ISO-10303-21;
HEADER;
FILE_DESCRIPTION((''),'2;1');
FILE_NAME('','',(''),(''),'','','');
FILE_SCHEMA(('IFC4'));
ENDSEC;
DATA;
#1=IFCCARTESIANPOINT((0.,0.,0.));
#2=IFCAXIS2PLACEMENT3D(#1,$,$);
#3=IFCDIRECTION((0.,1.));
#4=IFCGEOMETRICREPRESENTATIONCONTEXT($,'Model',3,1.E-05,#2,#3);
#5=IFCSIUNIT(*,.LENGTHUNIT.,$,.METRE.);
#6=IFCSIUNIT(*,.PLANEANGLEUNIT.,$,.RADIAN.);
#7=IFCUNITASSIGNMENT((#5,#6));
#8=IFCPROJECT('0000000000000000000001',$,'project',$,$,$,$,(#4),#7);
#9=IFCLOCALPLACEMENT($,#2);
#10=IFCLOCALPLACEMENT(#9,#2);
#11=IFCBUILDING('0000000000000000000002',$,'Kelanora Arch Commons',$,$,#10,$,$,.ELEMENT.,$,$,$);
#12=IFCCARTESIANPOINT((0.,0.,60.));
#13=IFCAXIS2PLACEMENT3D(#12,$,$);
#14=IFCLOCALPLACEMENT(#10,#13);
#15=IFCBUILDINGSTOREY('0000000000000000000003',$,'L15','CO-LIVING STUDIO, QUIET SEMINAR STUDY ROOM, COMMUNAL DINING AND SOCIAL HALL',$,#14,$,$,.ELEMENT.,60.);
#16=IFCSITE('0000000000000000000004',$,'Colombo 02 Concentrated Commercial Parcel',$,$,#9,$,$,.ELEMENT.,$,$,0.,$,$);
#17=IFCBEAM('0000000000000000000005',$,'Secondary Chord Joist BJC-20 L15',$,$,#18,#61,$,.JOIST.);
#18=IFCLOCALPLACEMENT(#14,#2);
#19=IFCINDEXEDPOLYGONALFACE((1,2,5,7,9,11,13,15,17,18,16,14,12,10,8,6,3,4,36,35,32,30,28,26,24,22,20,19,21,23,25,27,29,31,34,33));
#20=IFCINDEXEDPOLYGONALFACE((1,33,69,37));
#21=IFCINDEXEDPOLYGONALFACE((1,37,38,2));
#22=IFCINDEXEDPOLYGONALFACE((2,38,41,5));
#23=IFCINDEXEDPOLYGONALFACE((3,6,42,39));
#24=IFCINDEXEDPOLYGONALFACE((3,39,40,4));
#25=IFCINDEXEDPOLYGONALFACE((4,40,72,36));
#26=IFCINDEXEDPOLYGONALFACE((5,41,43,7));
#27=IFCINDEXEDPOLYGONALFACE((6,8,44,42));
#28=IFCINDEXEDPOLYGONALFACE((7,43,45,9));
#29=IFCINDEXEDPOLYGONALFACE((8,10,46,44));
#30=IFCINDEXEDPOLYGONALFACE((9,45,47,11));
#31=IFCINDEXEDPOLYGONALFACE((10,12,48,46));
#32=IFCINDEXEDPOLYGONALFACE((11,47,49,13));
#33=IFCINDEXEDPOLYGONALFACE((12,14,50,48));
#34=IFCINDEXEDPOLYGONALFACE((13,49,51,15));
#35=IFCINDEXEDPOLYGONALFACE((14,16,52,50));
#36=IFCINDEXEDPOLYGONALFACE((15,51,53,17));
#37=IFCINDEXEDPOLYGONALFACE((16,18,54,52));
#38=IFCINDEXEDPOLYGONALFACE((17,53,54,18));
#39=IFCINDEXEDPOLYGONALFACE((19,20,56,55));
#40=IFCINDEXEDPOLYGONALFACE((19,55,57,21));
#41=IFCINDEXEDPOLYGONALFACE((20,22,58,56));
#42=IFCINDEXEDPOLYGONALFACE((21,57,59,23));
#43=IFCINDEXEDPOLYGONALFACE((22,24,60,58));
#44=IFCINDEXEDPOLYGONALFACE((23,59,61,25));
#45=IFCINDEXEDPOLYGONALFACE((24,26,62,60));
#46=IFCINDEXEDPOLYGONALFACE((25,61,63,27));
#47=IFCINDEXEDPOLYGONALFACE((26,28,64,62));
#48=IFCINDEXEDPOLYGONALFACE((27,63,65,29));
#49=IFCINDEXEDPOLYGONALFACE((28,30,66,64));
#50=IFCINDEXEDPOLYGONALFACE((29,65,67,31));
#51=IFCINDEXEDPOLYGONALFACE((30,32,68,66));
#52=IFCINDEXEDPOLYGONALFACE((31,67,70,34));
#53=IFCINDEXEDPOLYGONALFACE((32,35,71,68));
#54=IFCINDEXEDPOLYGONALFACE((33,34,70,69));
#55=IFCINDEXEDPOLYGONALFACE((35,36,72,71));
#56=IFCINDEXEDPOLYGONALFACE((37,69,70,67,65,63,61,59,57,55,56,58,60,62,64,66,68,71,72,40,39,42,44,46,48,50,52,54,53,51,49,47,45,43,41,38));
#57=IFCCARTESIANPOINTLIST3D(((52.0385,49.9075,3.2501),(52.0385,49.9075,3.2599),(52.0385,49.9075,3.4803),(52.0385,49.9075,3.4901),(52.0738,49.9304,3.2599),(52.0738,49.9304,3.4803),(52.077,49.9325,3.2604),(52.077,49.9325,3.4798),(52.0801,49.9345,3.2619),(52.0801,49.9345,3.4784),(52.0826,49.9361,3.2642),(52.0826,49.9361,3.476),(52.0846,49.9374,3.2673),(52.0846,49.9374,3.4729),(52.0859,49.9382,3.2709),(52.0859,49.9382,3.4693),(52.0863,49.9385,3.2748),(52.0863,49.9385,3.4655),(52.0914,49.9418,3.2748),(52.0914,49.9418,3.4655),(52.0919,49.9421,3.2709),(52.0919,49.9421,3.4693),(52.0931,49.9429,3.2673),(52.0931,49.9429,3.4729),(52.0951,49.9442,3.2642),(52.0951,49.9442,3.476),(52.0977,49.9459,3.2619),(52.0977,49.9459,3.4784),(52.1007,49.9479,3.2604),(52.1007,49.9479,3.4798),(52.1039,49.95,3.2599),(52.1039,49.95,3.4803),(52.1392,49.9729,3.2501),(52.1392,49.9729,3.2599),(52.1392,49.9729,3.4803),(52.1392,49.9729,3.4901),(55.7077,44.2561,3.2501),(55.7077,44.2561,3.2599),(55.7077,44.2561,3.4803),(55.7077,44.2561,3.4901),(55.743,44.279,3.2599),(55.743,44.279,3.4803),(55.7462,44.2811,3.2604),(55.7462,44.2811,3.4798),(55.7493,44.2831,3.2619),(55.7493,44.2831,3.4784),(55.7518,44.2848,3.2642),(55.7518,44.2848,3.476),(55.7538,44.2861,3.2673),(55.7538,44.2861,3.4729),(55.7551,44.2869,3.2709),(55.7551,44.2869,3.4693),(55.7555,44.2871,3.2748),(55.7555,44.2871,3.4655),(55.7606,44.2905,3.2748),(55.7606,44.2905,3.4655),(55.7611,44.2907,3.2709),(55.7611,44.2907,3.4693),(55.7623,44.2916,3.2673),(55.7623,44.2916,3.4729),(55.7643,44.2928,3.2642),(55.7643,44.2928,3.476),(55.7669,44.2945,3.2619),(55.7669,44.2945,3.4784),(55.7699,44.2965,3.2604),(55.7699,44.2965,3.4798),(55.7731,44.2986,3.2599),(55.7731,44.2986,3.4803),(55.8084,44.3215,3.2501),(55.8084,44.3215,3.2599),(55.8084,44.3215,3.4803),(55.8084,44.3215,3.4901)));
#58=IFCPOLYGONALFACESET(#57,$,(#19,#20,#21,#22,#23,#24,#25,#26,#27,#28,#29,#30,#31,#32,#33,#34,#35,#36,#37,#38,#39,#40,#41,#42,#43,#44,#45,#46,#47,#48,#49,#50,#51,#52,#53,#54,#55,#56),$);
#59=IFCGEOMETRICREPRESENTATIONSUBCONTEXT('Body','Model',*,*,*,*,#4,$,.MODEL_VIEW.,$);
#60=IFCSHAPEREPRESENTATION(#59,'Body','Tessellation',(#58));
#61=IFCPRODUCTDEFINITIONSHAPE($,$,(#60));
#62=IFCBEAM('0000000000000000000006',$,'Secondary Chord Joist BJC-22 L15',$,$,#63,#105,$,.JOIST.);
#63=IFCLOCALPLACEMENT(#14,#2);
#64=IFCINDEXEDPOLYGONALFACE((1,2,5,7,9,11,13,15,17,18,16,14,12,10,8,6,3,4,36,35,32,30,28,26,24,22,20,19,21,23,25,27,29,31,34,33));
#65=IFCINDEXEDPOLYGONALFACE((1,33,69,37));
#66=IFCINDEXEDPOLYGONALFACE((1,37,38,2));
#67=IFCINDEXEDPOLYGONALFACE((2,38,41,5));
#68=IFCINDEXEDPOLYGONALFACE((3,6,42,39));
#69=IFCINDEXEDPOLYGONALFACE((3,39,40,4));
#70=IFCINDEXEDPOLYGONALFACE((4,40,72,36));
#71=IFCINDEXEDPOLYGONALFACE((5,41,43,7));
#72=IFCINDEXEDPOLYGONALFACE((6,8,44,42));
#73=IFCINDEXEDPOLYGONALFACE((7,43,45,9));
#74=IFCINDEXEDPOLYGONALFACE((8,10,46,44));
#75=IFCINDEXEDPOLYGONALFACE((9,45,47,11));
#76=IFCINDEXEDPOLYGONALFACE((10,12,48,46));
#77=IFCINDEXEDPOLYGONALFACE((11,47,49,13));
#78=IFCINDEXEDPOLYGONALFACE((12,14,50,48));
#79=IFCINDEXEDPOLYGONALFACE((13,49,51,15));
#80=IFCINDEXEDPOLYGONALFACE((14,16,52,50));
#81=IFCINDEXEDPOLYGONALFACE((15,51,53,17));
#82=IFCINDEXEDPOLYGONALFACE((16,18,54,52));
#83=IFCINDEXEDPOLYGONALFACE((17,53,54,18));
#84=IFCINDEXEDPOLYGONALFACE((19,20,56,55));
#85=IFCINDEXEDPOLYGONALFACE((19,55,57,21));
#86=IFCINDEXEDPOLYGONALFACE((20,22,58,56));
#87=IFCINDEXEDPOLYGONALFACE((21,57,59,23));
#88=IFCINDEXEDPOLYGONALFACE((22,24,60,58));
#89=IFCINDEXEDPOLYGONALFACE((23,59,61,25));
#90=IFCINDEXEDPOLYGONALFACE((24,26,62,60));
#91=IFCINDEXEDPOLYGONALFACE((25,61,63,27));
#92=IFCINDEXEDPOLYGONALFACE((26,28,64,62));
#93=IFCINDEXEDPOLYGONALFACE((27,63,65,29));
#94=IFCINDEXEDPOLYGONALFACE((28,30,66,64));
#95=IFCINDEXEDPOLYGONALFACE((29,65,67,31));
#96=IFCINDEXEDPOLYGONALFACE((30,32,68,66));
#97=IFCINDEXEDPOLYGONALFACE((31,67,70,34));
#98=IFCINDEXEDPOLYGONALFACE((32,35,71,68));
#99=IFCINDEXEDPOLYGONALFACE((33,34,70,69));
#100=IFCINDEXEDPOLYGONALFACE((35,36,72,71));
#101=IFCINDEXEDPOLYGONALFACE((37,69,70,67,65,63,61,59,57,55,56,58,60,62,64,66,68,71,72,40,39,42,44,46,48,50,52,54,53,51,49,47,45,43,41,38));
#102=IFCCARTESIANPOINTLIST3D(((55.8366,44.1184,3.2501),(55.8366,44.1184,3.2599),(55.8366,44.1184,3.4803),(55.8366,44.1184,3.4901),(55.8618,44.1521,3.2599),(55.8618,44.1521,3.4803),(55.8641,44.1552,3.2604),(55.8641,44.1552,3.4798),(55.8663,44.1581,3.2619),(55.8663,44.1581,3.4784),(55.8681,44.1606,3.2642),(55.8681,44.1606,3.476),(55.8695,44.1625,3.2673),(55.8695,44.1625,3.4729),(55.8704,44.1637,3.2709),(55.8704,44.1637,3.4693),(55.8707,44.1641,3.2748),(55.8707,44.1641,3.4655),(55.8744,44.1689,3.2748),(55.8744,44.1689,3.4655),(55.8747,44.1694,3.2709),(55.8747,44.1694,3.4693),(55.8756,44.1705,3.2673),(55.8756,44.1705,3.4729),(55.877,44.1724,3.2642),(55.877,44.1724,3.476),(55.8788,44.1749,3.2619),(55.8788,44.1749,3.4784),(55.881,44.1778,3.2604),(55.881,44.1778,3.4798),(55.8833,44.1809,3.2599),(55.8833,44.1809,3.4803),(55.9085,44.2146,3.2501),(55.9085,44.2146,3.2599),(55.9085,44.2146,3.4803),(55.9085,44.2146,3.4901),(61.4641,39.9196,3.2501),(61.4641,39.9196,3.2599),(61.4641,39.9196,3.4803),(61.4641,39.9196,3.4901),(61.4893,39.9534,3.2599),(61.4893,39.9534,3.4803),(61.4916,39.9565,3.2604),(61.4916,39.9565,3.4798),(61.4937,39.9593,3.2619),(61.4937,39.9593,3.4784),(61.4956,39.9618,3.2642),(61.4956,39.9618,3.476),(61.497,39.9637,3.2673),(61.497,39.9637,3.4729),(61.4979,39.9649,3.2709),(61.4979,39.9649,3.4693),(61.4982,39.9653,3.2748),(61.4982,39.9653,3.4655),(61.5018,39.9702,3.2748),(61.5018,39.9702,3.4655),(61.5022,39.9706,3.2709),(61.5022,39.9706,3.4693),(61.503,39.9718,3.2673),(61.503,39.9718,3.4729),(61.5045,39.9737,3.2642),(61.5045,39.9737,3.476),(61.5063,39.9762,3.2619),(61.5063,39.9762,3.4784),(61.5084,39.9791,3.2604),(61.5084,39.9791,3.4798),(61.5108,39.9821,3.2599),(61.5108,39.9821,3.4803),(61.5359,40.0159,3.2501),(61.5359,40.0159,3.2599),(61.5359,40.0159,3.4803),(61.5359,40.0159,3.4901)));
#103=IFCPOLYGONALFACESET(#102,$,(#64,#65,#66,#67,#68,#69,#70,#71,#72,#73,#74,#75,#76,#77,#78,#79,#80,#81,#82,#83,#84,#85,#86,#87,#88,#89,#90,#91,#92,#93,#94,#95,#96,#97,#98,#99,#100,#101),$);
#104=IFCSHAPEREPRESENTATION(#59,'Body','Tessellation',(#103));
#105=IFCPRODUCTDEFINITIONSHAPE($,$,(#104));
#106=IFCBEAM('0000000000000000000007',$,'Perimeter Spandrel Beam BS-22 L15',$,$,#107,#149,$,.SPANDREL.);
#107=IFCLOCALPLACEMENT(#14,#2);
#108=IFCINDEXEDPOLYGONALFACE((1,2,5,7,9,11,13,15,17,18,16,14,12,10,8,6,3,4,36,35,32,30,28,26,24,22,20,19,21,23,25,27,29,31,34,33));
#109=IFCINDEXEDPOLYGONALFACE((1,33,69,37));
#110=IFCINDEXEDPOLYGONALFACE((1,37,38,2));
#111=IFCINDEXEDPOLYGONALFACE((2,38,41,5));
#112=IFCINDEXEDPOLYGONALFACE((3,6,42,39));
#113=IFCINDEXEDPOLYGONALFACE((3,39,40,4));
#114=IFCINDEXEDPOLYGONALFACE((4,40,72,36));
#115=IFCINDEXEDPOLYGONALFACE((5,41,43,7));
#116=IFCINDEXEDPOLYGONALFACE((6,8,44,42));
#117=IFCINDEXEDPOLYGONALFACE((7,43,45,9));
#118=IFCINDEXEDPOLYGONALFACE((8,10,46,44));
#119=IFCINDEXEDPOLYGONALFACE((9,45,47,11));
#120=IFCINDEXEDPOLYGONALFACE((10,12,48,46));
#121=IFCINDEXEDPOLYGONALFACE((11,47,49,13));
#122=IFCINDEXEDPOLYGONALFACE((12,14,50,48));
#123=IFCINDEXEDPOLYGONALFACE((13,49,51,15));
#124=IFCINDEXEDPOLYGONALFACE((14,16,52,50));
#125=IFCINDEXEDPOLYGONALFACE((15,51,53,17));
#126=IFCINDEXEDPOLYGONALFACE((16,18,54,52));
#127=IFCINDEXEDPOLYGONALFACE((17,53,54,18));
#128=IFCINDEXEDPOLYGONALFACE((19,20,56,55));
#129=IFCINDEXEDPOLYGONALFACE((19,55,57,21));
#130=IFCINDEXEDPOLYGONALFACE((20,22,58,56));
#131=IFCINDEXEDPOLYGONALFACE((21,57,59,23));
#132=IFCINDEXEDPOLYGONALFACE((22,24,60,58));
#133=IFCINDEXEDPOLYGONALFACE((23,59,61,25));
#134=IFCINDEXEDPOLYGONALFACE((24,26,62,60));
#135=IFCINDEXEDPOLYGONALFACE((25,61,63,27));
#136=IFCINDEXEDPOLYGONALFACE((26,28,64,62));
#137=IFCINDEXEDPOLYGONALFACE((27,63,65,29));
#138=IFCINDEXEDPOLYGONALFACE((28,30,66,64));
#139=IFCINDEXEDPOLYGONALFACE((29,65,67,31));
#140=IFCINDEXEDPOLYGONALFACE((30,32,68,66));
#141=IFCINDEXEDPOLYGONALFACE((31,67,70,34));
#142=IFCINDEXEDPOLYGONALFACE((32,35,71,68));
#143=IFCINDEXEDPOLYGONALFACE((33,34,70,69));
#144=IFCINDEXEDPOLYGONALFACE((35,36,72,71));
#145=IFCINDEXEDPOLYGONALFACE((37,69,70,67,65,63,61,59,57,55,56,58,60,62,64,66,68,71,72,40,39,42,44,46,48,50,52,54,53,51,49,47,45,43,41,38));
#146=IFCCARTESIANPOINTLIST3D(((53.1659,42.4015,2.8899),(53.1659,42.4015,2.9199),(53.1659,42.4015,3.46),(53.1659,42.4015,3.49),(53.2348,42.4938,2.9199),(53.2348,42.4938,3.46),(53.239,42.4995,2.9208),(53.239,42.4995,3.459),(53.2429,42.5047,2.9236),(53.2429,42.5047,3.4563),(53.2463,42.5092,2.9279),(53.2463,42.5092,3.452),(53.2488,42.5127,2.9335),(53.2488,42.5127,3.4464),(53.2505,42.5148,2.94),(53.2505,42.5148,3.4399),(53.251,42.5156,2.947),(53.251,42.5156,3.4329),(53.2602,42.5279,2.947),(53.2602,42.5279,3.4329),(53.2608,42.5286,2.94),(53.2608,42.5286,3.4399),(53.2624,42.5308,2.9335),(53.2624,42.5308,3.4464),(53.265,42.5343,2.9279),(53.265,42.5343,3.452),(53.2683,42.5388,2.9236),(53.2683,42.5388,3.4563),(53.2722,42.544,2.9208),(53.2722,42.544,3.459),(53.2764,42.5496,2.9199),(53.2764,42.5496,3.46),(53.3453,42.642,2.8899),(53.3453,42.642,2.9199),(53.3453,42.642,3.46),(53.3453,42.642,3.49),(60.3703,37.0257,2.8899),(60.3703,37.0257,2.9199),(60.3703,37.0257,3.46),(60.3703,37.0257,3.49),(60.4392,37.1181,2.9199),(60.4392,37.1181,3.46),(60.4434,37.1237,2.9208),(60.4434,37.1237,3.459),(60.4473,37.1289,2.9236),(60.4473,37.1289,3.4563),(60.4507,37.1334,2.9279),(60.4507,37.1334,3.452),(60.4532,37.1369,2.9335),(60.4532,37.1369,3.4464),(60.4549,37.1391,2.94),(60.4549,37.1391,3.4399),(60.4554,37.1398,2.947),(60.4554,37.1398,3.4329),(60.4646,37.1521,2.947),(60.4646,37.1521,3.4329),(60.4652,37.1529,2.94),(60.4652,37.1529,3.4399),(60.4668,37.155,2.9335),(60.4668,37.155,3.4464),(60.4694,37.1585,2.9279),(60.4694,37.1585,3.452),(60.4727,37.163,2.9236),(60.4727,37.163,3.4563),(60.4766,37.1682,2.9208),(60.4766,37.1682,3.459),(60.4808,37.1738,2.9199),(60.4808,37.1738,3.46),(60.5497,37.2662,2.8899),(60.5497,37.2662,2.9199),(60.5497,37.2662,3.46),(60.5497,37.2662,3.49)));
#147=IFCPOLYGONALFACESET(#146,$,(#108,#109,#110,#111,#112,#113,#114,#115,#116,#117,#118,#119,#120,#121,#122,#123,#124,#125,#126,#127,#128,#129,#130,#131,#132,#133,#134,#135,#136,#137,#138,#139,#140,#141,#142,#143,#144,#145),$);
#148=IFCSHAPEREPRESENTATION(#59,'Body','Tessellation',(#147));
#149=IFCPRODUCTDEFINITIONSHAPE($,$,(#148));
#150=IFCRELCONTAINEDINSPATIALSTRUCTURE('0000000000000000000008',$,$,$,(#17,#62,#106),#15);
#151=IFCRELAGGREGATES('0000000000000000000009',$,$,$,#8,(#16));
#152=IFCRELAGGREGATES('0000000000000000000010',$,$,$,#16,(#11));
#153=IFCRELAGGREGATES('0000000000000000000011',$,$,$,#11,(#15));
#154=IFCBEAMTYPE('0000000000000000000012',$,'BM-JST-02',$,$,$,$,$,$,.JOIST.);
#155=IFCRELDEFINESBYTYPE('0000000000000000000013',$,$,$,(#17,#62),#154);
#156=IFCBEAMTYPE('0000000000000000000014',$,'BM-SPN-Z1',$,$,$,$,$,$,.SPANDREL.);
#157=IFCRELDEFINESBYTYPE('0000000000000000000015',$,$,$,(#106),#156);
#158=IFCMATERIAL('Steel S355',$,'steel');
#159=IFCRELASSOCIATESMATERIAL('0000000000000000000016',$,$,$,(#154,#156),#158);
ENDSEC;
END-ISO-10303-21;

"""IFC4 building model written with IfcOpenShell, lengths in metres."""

from ifc_helpers import new_model, si_unit, direction, frame, origin, origin_2d, place, context, subcontext, project, spatial, i_section, extrude, material, material_profile, profile_set, type_object, element, save


model = new_model("IFC4")

# Units and contexts
model_context = context("Model", 3, precision=1e-05, world=origin(), true_north=direction((0.0, 1.0)))
body_context = subcontext(model_context, "Body", "Model", "MODEL_VIEW")
ifc_project = project(units=[si_unit("LENGTHUNIT", "METRE"), si_unit("PLANEANGLEUNIT", "RADIAN")], contexts=[model_context])

# Site, building, storey
site_placement = place(None, origin())
site = spatial("IfcSite", under=ifc_project, at=site_placement, Name="Colombo 02 Concentrated Commercial Parcel", CompositionType="ELEMENT", RefElevation=0.0)
building_placement = place(site_placement, origin())
building = spatial("IfcBuilding", under=site, at=building_placement, Name="Kelanora Arch Commons", CompositionType="ELEMENT")
storey_placement = place(building_placement, frame((0.0, 0.0, 60.0)))
storey = spatial("IfcBuildingStorey", under=building, at=storey_placement, Name="L15", Description="CO-LIVING STUDIO, QUIET SEMINAR STUDY ROOM, COMMUNAL DINING AND SOCIAL HALL", CompositionType="ELEMENT", Elevation=60.0)

# Beams
ifc_material_1 = material(Name="Steel S355", Category="steel")
ifc_material_profile_1 = material_profile(ifc_material_1, i_section(OverallWidth=0.1201, OverallDepth=0.24, WebThickness=0.0061, FlangeThickness=0.0098, FilletRadius=0.0149, at=origin_2d()), Name="IPE240")
ifc_profile_set_1 = profile_set([ifc_material_profile_1], Name="Steel S355")
beam_type_1 = type_object("IfcBeamType", Name="BM-JST-02", PredefinedType="JOIST", material=ifc_profile_set_1)
beam_1_placement = place(storey_placement, frame((52.0889, 49.9402, 3.3701), z_axis=(0.54455, -0.838728, 0.0), x_axis=(0.838728, 0.54455, 0.0)))
element("IfcBeam", 1, at=beam_1_placement, inside=storey, type_object=beam_type_1, Name="Secondary Chord Joist BJC-20 L15", PredefinedType="JOIST", context=body_context, shape_type="SweptSolid", body=[
    extrude(i_section(OverallWidth=0.1201, OverallDepth=0.24, WebThickness=0.0061, FlangeThickness=0.0098, FilletRadius=0.0149, at=origin_2d()), origin(), (0.0, 0.0, 1.0), 6.738),
])
beam_2_placement = place(storey_placement, frame((55.8726, 44.1665, 3.3701), z_axis=(0.801491, -0.598006, 0.0), x_axis=(0.598006, 0.801491, 0.0)))
element("IfcBeam", 2, at=beam_2_placement, inside=storey, type_object=beam_type_1, Name="Secondary Chord Joist BJC-22 L15", PredefinedType="JOIST", context=body_context, shape_type="SweptSolid", body=[
    extrude(i_section(OverallWidth=0.1201, OverallDepth=0.24, WebThickness=0.0061, FlangeThickness=0.0098, FilletRadius=0.0149, at=origin_2d()), origin(), (0.0, 0.0, 1.0), 7.0212),
])
ifc_material_profile_2 = material_profile(ifc_material_1, i_section(OverallWidth=0.3, OverallDepth=0.6001, WebThickness=0.0154, FlangeThickness=0.03, FilletRadius=0.0271, at=origin_2d()), Name="HEB600")
ifc_profile_set_2 = profile_set([ifc_material_profile_2], Name="Steel S355")
beam_type_2 = type_object("IfcBeamType", Name="BM-SPN-Z1", PredefinedType="SPANDREL", material=ifc_profile_set_2)
beam_3_placement = place(storey_placement, frame((53.2556, 42.5217, 3.1899), z_axis=(0.801468, -0.598038, 0.0), x_axis=(0.598038, 0.801468, 0.0)))
element("IfcBeam", 3, at=beam_3_placement, inside=storey, type_object=beam_type_2, Name="Perimeter Spandrel Beam BS-22 L15", PredefinedType="SPANDREL", context=body_context, shape_type="SweptSolid", body=[
    extrude(i_section(OverallWidth=0.3, OverallDepth=0.6001, WebThickness=0.0154, FlangeThickness=0.03, FilletRadius=0.0271, at=origin_2d()), origin(), (0.0, 0.0, 1.0), 8.989),
])

save(model, "model.ifc")
